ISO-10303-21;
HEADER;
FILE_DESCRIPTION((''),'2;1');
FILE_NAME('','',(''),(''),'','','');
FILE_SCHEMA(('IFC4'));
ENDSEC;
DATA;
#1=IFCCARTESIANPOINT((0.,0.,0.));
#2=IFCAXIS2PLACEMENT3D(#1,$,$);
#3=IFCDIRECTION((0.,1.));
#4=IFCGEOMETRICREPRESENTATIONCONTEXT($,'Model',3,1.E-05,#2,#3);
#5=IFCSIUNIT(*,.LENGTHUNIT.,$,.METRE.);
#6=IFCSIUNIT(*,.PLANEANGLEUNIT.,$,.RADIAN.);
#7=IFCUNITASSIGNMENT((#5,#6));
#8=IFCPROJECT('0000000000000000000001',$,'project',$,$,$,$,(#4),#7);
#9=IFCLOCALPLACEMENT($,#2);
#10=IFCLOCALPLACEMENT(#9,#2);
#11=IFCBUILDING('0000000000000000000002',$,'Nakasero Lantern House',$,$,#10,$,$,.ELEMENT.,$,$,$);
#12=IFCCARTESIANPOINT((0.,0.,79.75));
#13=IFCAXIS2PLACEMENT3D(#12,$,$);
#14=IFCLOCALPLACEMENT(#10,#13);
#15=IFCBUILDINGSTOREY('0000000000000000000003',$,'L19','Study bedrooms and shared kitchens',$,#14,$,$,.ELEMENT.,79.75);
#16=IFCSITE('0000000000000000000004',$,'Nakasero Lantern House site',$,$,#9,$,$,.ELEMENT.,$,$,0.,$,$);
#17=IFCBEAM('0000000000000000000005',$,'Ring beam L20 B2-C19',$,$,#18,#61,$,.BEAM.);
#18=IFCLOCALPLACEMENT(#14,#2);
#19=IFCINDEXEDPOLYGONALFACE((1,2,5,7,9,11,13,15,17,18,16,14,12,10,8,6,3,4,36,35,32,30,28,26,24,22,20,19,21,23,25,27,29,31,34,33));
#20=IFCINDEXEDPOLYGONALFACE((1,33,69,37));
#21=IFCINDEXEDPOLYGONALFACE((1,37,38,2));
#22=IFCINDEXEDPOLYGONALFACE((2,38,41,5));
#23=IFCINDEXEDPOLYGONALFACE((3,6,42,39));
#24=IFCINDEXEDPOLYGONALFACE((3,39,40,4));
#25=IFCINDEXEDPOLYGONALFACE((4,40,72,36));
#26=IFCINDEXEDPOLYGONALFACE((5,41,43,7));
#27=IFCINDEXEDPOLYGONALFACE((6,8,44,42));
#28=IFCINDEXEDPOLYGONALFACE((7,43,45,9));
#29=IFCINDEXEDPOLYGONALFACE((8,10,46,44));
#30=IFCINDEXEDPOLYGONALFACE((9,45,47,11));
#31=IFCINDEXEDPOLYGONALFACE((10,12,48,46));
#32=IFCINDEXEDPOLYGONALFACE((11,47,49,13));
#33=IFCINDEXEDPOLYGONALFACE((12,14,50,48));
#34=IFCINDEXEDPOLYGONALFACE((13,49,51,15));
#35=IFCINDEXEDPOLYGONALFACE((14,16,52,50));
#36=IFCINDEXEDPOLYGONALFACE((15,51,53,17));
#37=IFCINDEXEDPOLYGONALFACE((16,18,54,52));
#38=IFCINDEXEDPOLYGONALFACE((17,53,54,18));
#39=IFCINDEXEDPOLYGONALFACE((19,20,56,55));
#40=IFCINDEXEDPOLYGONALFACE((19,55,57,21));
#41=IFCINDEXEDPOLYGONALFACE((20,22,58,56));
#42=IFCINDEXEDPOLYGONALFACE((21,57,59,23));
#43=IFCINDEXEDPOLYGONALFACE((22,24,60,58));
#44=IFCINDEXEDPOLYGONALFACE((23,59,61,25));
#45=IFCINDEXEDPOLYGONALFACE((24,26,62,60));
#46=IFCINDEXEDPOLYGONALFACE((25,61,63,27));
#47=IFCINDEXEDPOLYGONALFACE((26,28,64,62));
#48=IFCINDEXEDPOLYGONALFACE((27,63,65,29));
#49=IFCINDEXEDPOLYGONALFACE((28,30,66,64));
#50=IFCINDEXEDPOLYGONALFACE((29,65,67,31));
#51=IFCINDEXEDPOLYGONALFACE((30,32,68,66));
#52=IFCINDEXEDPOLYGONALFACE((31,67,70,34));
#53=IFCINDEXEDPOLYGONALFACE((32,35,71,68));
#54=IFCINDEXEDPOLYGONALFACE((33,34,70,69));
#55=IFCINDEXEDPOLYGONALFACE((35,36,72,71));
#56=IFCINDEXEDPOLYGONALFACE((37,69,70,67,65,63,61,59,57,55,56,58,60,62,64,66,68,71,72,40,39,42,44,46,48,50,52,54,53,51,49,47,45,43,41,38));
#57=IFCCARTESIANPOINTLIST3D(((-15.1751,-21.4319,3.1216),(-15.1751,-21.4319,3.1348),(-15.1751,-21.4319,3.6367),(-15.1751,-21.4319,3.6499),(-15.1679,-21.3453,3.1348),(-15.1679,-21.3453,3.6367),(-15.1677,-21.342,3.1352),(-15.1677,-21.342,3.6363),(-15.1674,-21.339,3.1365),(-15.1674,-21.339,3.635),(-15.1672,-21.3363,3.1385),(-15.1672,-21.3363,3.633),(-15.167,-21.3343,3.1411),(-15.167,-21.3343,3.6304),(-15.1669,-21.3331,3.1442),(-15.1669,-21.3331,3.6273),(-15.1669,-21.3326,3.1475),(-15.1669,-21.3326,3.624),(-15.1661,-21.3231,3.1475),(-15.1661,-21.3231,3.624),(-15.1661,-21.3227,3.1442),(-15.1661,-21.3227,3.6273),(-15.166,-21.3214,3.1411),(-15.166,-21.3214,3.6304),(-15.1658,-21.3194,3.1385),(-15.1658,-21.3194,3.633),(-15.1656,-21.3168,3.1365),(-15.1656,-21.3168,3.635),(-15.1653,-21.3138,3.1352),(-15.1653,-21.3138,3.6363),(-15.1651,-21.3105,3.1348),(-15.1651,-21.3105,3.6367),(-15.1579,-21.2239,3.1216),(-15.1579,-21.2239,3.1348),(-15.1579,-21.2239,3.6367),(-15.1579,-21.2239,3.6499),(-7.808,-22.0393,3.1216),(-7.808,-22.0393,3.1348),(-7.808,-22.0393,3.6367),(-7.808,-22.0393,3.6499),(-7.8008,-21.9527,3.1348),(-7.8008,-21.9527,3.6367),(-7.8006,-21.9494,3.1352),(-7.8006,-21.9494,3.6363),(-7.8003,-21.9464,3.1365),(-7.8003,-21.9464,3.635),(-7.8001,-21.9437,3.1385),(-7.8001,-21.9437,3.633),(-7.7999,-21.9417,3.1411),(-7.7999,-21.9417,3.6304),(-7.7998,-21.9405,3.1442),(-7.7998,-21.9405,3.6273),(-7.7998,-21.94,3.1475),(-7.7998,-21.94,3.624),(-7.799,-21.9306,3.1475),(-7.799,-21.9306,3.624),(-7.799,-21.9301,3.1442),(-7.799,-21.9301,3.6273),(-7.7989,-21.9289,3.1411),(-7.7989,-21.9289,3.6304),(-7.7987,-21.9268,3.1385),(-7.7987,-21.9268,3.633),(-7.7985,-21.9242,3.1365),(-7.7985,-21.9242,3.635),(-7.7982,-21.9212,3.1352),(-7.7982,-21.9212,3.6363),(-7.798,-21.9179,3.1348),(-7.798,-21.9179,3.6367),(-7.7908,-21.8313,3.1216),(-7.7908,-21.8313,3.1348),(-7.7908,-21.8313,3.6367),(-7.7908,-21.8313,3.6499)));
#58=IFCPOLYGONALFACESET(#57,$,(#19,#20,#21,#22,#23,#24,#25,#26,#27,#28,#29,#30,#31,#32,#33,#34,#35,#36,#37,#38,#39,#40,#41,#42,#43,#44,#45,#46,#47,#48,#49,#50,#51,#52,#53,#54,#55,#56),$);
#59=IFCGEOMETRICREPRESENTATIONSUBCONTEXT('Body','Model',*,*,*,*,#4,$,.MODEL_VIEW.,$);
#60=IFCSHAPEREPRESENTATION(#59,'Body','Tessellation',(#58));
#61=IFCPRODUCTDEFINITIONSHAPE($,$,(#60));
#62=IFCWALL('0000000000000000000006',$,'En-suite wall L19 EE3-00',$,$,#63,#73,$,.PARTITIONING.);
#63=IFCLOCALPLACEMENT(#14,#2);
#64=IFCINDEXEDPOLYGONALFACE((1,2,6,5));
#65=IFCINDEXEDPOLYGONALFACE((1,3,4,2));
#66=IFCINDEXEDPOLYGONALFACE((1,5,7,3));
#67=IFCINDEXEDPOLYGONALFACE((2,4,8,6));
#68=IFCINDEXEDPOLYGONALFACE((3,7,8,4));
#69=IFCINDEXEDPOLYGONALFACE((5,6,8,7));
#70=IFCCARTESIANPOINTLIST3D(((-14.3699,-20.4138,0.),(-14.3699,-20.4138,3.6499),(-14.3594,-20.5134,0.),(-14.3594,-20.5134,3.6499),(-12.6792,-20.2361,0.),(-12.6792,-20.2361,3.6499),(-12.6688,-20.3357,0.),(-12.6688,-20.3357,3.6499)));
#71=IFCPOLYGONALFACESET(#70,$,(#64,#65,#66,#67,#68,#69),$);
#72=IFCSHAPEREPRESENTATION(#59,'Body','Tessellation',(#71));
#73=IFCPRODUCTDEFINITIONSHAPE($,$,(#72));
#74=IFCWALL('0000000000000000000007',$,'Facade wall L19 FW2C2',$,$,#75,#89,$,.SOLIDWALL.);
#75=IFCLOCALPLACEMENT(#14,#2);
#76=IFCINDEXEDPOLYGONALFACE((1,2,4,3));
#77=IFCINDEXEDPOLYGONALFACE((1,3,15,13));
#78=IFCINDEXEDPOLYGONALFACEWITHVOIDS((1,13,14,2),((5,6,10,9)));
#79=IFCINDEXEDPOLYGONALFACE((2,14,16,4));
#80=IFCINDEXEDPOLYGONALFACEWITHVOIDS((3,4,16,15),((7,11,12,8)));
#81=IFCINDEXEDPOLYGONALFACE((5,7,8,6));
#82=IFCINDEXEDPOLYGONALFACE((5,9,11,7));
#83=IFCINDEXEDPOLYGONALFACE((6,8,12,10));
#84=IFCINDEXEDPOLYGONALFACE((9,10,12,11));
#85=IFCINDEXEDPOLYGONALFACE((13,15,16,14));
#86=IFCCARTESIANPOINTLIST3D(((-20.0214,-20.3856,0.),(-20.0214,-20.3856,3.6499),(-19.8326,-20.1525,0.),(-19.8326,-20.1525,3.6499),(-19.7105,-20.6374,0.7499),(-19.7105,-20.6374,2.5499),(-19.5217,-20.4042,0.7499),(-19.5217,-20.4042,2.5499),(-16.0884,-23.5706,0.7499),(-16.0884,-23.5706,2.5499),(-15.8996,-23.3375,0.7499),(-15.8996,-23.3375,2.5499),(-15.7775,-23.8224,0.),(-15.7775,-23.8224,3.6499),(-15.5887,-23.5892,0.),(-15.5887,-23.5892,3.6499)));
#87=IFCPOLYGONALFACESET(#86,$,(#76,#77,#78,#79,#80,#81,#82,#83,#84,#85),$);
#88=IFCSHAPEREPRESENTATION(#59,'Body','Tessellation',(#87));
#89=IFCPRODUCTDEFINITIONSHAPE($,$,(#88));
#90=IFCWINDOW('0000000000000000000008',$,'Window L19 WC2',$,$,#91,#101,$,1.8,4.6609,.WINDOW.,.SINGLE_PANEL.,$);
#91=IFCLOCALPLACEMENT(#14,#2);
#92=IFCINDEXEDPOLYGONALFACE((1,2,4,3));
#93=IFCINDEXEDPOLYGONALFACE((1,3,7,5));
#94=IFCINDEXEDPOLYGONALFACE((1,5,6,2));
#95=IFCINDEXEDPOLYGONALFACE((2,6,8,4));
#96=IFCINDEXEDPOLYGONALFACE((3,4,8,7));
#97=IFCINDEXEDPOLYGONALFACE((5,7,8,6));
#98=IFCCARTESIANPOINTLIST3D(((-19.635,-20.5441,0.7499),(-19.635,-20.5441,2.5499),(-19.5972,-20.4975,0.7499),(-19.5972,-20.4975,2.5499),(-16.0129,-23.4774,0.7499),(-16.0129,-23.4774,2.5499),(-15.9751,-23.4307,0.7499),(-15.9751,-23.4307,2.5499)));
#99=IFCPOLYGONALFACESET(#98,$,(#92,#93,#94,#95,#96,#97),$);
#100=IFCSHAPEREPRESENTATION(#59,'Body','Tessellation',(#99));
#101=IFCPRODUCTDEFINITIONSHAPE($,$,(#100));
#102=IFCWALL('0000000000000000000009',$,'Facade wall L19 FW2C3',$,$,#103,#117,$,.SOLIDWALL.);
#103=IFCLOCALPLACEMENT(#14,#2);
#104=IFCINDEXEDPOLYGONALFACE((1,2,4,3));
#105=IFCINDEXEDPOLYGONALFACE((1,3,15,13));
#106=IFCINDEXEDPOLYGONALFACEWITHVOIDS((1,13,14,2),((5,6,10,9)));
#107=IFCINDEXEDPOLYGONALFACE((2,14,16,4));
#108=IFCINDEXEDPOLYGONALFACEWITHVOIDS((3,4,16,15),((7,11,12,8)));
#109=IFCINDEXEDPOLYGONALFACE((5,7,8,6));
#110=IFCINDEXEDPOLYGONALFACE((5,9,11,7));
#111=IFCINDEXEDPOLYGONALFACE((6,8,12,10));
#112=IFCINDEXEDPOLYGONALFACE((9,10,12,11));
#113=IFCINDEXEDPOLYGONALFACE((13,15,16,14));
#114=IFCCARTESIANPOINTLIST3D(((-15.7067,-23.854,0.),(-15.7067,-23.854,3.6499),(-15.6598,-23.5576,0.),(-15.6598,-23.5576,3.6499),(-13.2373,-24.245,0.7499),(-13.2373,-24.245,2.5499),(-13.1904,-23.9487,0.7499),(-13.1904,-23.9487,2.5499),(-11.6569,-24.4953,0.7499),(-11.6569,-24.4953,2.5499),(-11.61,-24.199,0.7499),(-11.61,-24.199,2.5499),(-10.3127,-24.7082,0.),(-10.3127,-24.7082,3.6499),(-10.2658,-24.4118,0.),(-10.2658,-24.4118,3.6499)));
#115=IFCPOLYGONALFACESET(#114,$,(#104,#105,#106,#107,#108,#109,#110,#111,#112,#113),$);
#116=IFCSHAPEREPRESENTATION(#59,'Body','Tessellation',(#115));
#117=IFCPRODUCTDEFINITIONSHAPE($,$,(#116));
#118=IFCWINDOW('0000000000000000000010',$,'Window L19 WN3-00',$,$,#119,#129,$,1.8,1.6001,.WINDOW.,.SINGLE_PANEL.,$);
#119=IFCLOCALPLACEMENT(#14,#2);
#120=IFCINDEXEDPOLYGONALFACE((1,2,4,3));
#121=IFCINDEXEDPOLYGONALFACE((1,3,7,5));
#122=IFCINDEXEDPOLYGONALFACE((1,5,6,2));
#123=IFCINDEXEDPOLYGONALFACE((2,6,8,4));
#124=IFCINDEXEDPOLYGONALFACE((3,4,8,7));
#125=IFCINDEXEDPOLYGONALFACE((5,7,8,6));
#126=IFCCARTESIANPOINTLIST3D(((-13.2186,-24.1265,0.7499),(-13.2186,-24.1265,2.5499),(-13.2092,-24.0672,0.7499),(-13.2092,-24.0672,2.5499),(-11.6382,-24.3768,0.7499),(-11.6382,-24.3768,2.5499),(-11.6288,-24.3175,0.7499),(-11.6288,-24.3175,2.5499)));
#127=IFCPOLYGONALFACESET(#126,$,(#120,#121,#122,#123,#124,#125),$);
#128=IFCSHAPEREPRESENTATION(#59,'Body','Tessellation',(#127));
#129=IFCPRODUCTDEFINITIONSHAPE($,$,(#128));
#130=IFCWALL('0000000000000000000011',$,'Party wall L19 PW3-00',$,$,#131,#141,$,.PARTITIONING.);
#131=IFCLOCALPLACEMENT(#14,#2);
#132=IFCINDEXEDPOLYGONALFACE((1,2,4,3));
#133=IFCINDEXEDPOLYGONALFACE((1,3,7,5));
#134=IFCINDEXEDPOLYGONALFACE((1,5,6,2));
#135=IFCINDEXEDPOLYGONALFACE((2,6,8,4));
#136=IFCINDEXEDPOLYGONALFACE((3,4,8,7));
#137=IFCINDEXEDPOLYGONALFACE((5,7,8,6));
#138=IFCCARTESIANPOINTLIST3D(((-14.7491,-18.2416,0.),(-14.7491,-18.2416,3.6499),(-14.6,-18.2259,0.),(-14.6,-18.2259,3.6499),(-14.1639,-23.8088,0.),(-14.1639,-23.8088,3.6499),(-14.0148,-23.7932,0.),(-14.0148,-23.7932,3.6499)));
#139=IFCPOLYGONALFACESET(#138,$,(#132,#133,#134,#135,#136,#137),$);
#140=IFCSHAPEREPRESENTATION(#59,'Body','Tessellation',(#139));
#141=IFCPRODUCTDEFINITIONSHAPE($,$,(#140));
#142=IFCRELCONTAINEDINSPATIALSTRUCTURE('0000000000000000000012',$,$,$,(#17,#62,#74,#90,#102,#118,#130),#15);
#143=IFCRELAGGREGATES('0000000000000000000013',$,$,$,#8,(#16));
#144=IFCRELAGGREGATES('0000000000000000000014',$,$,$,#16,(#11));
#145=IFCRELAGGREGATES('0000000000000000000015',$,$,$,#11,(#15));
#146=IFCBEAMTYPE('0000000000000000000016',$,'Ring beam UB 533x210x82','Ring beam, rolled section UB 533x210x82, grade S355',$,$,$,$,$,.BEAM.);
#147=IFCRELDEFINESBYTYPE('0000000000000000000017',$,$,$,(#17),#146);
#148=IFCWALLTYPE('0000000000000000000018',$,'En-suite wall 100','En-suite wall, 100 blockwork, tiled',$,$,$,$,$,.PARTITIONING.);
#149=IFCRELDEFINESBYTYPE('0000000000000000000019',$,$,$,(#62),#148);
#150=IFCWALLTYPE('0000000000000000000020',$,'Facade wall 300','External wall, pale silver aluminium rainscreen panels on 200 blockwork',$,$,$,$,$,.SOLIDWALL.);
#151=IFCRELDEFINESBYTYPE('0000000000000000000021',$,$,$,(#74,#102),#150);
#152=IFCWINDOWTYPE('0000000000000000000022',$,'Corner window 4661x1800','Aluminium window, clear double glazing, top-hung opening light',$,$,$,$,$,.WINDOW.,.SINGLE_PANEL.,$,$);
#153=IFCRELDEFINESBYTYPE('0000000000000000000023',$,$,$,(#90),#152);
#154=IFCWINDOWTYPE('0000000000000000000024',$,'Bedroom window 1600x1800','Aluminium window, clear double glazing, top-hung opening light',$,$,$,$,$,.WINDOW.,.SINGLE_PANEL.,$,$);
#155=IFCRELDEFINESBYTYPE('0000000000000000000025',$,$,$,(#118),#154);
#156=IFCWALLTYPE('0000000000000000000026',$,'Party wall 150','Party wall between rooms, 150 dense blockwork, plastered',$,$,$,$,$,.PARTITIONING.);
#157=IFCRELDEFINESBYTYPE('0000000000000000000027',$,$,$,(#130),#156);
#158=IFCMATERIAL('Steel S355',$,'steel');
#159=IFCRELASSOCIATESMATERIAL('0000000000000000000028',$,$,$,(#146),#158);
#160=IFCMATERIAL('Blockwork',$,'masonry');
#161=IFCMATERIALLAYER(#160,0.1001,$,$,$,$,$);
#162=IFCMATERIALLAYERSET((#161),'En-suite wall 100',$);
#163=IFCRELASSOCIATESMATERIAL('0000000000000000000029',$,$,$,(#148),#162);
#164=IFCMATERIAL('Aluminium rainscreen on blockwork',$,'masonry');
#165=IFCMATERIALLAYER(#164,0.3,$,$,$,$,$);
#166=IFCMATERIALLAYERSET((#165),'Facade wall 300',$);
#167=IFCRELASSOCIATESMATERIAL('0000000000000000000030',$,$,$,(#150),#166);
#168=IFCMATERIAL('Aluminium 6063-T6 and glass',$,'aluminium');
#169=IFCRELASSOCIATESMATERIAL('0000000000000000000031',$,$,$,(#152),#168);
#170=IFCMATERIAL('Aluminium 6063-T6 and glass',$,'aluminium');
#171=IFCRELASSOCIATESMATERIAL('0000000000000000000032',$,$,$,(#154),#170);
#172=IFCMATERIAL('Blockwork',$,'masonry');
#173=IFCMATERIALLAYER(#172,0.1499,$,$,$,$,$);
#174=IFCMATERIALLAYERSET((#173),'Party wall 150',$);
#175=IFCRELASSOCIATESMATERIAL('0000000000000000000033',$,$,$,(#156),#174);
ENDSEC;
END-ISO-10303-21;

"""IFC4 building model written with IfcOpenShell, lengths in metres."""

from ifc_helpers import new_model, si_unit, direction, frame, frame_2d, origin, origin_2d, place, context, subcontext, project, spatial, rectangle, i_section, extrude, material, layer, layer_set, material_profile, profile_set, type_object, element, fill, save


model = new_model("IFC4")

# Units and contexts
model_context = context("Model", 3, precision=1e-05, world=origin(), true_north=direction((0.0, 1.0)))
body_context = subcontext(model_context, "Body", "Model", "MODEL_VIEW")
ifc_project = project(units=[si_unit("LENGTHUNIT", "METRE"), si_unit("PLANEANGLEUNIT", "RADIAN")], contexts=[model_context])

# Site, building, storey
site_placement = place(None, origin())
site = spatial("IfcSite", under=ifc_project, at=site_placement, Name="Nakasero Lantern House site", CompositionType="ELEMENT", RefElevation=0.0)
building_placement = place(site_placement, origin())
building = spatial("IfcBuilding", under=site, at=building_placement, Name="Nakasero Lantern House", CompositionType="ELEMENT")
storey_placement = place(building_placement, frame((0.0, 0.0, 79.75)))
storey = spatial("IfcBuildingStorey", under=building, at=storey_placement, Name="L19", Description="Study bedrooms and shared kitchens", CompositionType="ELEMENT", Elevation=79.75)

# Beam
ifc_material_1 = material(Name="Steel S355", Category="steel")
ifc_material_profile_1 = material_profile(ifc_material_1, i_section(OverallWidth=0.2087, OverallDepth=0.5283, WebThickness=0.0095, FlangeThickness=0.0132, FilletRadius=0.0127, at=origin_2d()), Name="UB 533x210x82")
ifc_profile_set_1 = profile_set([ifc_material_profile_1], Name="Steel S355")
beam_type_1 = type_object("IfcBeamType", Name="Ring beam UB 533x210x82", Description="Ring beam, rolled section UB 533x210x82, grade S355", PredefinedType="BEAM", material=ifc_profile_set_1)
beam_1_placement = place(storey_placement, frame((-15.1665, -21.3279, 3.3857), z_axis=(0.996618, -0.082171, 0.0), x_axis=(0.082171, 0.996618, 0.0)))
element("IfcBeam", 1, at=beam_1_placement, inside=storey, type_object=beam_type_1, Name="Ring beam L20 B2-C19", PredefinedType="BEAM", context=body_context, shape_type="SweptSolid", body=[
    extrude(i_section(OverallWidth=0.2087, OverallDepth=0.5283, WebThickness=0.0095, FlangeThickness=0.0132, FilletRadius=0.0127, at=origin_2d()), origin(), (0.0, 0.0, 1.0), 7.3921),
])

# Wall
ifc_material_2 = material(Name="Blockwork", Category="masonry")
ifc_layer_1 = layer(ifc_material_2, 0.1001)
ifc_layer_set_1 = layer_set([ifc_layer_1], Name="En-suite wall 100")
wall_type_1 = type_object("IfcWallType", Name="En-suite wall 100", Description="En-suite wall, 100 blockwork, tiled", PredefinedType="PARTITIONING", material=ifc_layer_set_1)
wall_1_placement = place(storey_placement, frame((-14.3647, -20.4636, 0.0), z_axis=(0.0, 0.0, 1.0), x_axis=(0.99452, 0.10455, 0.0)))
element("IfcWall", 2, at=wall_1_placement, inside=storey, type_object=wall_type_1, Name="En-suite wall L19 EE3-00", PredefinedType="PARTITIONING", context=body_context, shape_type="SweptSolid", body=[
    extrude(rectangle(XDim=1.7, YDim=0.1001, at=frame_2d((0.8501, 0.0))), origin(), (0.0, 0.0, 1.0), 3.6499),
])

# Walls, openings, windows
ifc_material_3 = material(Name="Aluminium rainscreen on blockwork", Category="masonry")
ifc_layer_2 = layer(ifc_material_3, 0.3)
ifc_layer_set_2 = layer_set([ifc_layer_2], Name="Facade wall 300")
wall_type_2 = type_object("IfcWallType", Name="Facade wall 300", Description="External wall, pale silver aluminium rainscreen panels on 200 blockwork", PredefinedType="SOLIDWALL", material=ifc_layer_set_2)
wall_2_placement = place(storey_placement, frame((-19.927, -20.269, 0.0), z_axis=(0.0, 0.0, 1.0), x_axis=(0.777135, -0.629335, 0.0)))
wall_2 = element("IfcWall", 3, at=wall_2_placement, inside=storey, type_object=wall_type_2, Name="Facade wall L19 FW2C2", PredefinedType="SOLIDWALL", context=body_context, shape_type="SweptSolid", body=[
    extrude(rectangle(XDim=5.4609, YDim=0.3, at=frame_2d((2.7305, 0.0))), origin(), (0.0, 0.0, 1.0), 3.6499),
])
opening_1_placement = place(wall_2_placement, frame((0.3999, 0.0, 0.75)))
opening_1 = element("IfcOpeningElement", 4, at=opening_1_placement, cuts=wall_2, PredefinedType="OPENING", context=body_context, shape_type="SweptSolid", body=[
    extrude(rectangle(XDim=4.6609, YDim=1.8, at=frame_2d((2.3306, 0.8999))), frame((0.0, 0.1699, 0.0), z_axis=(0.0, -1.0, 0.0), x_axis=(1.0, 0.0, 0.0)), (0.0, 0.0, 1.0), 0.3401),
])
ifc_material_4 = material(Name="Aluminium 6063-T6 and glass", Category="aluminium")
window_type_1 = type_object("IfcWindowType", Name="Corner window 4661x1800", Description="Aluminium window, clear double glazing, top-hung opening light", PartitioningType="SINGLE_PANEL", PredefinedType="WINDOW", material=ifc_material_4)
window_1_placement = place(opening_1_placement, origin())
window_1 = element("IfcWindow", 5, at=window_1_placement, inside=storey, type_object=window_type_1, Name="Window L19 WC2", OverallHeight=1.8, OverallWidth=4.6609, PartitioningType="SINGLE_PANEL", PredefinedType="WINDOW", context=body_context, shape_type="SweptSolid", body=[
    extrude(rectangle(XDim=4.6609, YDim=1.8, at=frame_2d((2.3306, 0.8999))), frame((0.0, 0.03, 0.0), z_axis=(0.0, -1.0, 0.0), x_axis=(1.0, 0.0, 0.0)), (0.0, 0.0, 1.0), 0.0601),
])
fill(opening_1, window_1)
wall_3_placement = place(storey_placement, frame((-15.6831, -23.7058, 0.0), z_axis=(0.0, 0.0, 1.0), x_axis=(0.987691, -0.156419, 0.0)))
wall_3 = element("IfcWall", 6, at=wall_3_placement, inside=storey, type_object=wall_type_2, Name="Facade wall L19 FW2C3", PredefinedType="SOLIDWALL", context=body_context, shape_type="SweptSolid", body=[
    extrude(rectangle(XDim=5.4612, YDim=0.3, at=frame_2d((2.7305, 0.0))), origin(), (0.0, 0.0, 1.0), 3.6499),
])
opening_2_placement = place(wall_3_placement, frame((2.5, 0.0, 0.75)))
opening_2 = element("IfcOpeningElement", 7, at=opening_2_placement, cuts=wall_3, PredefinedType="OPENING", context=body_context, shape_type="SweptSolid", body=[
    extrude(rectangle(XDim=1.6001, YDim=1.8, at=frame_2d((0.8, 0.8999))), frame((0.0, 0.1699, 0.0), z_axis=(0.0, -1.0, 0.0), x_axis=(1.0, 0.0, 0.0)), (0.0, 0.0, 1.0), 0.3401),
])
ifc_material_5 = material(Name="Aluminium 6063-T6 and glass", Category="aluminium")
window_type_2 = type_object("IfcWindowType", Name="Bedroom window 1600x1800", Description="Aluminium window, clear double glazing, top-hung opening light", PartitioningType="SINGLE_PANEL", PredefinedType="WINDOW", material=ifc_material_5)
window_2_placement = place(opening_2_placement, origin())
window_2 = element("IfcWindow", 8, at=window_2_placement, inside=storey, type_object=window_type_2, Name="Window L19 WN3-00", OverallHeight=1.8, OverallWidth=1.6001, PartitioningType="SINGLE_PANEL", PredefinedType="WINDOW", context=body_context, shape_type="SweptSolid", body=[
    extrude(rectangle(XDim=1.6001, YDim=1.8, at=frame_2d((0.8, 0.8999))), frame((0.0, 0.03, 0.0), z_axis=(0.0, -1.0, 0.0), x_axis=(1.0, 0.0, 0.0)), (0.0, 0.0, 1.0), 0.0601),
])
fill(opening_2, window_2)

# Wall
ifc_material_6 = material(Name="Blockwork", Category="masonry")
ifc_layer_3 = layer(ifc_material_6, 0.1499)
ifc_layer_set_3 = layer_set([ifc_layer_3], Name="Party wall 150")
wall_type_3 = type_object("IfcWallType", Name="Party wall 150", Description="Party wall between rooms, 150 dense blockwork, plastered", PredefinedType="PARTITIONING", material=ifc_layer_set_3)
wall_4_placement = place(storey_placement, frame((-14.6746, -18.2339, 0.0), z_axis=(0.0, 0.0, 1.0), x_axis=(0.104542, -0.99452, 0.0)))
element("IfcWall", 9, at=wall_4_placement, inside=storey, type_object=wall_type_3, Name="Party wall L19 PW3-00", PredefinedType="PARTITIONING", context=body_context, shape_type="SweptSolid", body=[
    extrude(rectangle(XDim=5.5979, YDim=0.1499, at=frame_2d((2.7988, 0.0))), origin(), (0.0, 0.0, 1.0), 3.6499),
])

save(model, "model.ifc")
